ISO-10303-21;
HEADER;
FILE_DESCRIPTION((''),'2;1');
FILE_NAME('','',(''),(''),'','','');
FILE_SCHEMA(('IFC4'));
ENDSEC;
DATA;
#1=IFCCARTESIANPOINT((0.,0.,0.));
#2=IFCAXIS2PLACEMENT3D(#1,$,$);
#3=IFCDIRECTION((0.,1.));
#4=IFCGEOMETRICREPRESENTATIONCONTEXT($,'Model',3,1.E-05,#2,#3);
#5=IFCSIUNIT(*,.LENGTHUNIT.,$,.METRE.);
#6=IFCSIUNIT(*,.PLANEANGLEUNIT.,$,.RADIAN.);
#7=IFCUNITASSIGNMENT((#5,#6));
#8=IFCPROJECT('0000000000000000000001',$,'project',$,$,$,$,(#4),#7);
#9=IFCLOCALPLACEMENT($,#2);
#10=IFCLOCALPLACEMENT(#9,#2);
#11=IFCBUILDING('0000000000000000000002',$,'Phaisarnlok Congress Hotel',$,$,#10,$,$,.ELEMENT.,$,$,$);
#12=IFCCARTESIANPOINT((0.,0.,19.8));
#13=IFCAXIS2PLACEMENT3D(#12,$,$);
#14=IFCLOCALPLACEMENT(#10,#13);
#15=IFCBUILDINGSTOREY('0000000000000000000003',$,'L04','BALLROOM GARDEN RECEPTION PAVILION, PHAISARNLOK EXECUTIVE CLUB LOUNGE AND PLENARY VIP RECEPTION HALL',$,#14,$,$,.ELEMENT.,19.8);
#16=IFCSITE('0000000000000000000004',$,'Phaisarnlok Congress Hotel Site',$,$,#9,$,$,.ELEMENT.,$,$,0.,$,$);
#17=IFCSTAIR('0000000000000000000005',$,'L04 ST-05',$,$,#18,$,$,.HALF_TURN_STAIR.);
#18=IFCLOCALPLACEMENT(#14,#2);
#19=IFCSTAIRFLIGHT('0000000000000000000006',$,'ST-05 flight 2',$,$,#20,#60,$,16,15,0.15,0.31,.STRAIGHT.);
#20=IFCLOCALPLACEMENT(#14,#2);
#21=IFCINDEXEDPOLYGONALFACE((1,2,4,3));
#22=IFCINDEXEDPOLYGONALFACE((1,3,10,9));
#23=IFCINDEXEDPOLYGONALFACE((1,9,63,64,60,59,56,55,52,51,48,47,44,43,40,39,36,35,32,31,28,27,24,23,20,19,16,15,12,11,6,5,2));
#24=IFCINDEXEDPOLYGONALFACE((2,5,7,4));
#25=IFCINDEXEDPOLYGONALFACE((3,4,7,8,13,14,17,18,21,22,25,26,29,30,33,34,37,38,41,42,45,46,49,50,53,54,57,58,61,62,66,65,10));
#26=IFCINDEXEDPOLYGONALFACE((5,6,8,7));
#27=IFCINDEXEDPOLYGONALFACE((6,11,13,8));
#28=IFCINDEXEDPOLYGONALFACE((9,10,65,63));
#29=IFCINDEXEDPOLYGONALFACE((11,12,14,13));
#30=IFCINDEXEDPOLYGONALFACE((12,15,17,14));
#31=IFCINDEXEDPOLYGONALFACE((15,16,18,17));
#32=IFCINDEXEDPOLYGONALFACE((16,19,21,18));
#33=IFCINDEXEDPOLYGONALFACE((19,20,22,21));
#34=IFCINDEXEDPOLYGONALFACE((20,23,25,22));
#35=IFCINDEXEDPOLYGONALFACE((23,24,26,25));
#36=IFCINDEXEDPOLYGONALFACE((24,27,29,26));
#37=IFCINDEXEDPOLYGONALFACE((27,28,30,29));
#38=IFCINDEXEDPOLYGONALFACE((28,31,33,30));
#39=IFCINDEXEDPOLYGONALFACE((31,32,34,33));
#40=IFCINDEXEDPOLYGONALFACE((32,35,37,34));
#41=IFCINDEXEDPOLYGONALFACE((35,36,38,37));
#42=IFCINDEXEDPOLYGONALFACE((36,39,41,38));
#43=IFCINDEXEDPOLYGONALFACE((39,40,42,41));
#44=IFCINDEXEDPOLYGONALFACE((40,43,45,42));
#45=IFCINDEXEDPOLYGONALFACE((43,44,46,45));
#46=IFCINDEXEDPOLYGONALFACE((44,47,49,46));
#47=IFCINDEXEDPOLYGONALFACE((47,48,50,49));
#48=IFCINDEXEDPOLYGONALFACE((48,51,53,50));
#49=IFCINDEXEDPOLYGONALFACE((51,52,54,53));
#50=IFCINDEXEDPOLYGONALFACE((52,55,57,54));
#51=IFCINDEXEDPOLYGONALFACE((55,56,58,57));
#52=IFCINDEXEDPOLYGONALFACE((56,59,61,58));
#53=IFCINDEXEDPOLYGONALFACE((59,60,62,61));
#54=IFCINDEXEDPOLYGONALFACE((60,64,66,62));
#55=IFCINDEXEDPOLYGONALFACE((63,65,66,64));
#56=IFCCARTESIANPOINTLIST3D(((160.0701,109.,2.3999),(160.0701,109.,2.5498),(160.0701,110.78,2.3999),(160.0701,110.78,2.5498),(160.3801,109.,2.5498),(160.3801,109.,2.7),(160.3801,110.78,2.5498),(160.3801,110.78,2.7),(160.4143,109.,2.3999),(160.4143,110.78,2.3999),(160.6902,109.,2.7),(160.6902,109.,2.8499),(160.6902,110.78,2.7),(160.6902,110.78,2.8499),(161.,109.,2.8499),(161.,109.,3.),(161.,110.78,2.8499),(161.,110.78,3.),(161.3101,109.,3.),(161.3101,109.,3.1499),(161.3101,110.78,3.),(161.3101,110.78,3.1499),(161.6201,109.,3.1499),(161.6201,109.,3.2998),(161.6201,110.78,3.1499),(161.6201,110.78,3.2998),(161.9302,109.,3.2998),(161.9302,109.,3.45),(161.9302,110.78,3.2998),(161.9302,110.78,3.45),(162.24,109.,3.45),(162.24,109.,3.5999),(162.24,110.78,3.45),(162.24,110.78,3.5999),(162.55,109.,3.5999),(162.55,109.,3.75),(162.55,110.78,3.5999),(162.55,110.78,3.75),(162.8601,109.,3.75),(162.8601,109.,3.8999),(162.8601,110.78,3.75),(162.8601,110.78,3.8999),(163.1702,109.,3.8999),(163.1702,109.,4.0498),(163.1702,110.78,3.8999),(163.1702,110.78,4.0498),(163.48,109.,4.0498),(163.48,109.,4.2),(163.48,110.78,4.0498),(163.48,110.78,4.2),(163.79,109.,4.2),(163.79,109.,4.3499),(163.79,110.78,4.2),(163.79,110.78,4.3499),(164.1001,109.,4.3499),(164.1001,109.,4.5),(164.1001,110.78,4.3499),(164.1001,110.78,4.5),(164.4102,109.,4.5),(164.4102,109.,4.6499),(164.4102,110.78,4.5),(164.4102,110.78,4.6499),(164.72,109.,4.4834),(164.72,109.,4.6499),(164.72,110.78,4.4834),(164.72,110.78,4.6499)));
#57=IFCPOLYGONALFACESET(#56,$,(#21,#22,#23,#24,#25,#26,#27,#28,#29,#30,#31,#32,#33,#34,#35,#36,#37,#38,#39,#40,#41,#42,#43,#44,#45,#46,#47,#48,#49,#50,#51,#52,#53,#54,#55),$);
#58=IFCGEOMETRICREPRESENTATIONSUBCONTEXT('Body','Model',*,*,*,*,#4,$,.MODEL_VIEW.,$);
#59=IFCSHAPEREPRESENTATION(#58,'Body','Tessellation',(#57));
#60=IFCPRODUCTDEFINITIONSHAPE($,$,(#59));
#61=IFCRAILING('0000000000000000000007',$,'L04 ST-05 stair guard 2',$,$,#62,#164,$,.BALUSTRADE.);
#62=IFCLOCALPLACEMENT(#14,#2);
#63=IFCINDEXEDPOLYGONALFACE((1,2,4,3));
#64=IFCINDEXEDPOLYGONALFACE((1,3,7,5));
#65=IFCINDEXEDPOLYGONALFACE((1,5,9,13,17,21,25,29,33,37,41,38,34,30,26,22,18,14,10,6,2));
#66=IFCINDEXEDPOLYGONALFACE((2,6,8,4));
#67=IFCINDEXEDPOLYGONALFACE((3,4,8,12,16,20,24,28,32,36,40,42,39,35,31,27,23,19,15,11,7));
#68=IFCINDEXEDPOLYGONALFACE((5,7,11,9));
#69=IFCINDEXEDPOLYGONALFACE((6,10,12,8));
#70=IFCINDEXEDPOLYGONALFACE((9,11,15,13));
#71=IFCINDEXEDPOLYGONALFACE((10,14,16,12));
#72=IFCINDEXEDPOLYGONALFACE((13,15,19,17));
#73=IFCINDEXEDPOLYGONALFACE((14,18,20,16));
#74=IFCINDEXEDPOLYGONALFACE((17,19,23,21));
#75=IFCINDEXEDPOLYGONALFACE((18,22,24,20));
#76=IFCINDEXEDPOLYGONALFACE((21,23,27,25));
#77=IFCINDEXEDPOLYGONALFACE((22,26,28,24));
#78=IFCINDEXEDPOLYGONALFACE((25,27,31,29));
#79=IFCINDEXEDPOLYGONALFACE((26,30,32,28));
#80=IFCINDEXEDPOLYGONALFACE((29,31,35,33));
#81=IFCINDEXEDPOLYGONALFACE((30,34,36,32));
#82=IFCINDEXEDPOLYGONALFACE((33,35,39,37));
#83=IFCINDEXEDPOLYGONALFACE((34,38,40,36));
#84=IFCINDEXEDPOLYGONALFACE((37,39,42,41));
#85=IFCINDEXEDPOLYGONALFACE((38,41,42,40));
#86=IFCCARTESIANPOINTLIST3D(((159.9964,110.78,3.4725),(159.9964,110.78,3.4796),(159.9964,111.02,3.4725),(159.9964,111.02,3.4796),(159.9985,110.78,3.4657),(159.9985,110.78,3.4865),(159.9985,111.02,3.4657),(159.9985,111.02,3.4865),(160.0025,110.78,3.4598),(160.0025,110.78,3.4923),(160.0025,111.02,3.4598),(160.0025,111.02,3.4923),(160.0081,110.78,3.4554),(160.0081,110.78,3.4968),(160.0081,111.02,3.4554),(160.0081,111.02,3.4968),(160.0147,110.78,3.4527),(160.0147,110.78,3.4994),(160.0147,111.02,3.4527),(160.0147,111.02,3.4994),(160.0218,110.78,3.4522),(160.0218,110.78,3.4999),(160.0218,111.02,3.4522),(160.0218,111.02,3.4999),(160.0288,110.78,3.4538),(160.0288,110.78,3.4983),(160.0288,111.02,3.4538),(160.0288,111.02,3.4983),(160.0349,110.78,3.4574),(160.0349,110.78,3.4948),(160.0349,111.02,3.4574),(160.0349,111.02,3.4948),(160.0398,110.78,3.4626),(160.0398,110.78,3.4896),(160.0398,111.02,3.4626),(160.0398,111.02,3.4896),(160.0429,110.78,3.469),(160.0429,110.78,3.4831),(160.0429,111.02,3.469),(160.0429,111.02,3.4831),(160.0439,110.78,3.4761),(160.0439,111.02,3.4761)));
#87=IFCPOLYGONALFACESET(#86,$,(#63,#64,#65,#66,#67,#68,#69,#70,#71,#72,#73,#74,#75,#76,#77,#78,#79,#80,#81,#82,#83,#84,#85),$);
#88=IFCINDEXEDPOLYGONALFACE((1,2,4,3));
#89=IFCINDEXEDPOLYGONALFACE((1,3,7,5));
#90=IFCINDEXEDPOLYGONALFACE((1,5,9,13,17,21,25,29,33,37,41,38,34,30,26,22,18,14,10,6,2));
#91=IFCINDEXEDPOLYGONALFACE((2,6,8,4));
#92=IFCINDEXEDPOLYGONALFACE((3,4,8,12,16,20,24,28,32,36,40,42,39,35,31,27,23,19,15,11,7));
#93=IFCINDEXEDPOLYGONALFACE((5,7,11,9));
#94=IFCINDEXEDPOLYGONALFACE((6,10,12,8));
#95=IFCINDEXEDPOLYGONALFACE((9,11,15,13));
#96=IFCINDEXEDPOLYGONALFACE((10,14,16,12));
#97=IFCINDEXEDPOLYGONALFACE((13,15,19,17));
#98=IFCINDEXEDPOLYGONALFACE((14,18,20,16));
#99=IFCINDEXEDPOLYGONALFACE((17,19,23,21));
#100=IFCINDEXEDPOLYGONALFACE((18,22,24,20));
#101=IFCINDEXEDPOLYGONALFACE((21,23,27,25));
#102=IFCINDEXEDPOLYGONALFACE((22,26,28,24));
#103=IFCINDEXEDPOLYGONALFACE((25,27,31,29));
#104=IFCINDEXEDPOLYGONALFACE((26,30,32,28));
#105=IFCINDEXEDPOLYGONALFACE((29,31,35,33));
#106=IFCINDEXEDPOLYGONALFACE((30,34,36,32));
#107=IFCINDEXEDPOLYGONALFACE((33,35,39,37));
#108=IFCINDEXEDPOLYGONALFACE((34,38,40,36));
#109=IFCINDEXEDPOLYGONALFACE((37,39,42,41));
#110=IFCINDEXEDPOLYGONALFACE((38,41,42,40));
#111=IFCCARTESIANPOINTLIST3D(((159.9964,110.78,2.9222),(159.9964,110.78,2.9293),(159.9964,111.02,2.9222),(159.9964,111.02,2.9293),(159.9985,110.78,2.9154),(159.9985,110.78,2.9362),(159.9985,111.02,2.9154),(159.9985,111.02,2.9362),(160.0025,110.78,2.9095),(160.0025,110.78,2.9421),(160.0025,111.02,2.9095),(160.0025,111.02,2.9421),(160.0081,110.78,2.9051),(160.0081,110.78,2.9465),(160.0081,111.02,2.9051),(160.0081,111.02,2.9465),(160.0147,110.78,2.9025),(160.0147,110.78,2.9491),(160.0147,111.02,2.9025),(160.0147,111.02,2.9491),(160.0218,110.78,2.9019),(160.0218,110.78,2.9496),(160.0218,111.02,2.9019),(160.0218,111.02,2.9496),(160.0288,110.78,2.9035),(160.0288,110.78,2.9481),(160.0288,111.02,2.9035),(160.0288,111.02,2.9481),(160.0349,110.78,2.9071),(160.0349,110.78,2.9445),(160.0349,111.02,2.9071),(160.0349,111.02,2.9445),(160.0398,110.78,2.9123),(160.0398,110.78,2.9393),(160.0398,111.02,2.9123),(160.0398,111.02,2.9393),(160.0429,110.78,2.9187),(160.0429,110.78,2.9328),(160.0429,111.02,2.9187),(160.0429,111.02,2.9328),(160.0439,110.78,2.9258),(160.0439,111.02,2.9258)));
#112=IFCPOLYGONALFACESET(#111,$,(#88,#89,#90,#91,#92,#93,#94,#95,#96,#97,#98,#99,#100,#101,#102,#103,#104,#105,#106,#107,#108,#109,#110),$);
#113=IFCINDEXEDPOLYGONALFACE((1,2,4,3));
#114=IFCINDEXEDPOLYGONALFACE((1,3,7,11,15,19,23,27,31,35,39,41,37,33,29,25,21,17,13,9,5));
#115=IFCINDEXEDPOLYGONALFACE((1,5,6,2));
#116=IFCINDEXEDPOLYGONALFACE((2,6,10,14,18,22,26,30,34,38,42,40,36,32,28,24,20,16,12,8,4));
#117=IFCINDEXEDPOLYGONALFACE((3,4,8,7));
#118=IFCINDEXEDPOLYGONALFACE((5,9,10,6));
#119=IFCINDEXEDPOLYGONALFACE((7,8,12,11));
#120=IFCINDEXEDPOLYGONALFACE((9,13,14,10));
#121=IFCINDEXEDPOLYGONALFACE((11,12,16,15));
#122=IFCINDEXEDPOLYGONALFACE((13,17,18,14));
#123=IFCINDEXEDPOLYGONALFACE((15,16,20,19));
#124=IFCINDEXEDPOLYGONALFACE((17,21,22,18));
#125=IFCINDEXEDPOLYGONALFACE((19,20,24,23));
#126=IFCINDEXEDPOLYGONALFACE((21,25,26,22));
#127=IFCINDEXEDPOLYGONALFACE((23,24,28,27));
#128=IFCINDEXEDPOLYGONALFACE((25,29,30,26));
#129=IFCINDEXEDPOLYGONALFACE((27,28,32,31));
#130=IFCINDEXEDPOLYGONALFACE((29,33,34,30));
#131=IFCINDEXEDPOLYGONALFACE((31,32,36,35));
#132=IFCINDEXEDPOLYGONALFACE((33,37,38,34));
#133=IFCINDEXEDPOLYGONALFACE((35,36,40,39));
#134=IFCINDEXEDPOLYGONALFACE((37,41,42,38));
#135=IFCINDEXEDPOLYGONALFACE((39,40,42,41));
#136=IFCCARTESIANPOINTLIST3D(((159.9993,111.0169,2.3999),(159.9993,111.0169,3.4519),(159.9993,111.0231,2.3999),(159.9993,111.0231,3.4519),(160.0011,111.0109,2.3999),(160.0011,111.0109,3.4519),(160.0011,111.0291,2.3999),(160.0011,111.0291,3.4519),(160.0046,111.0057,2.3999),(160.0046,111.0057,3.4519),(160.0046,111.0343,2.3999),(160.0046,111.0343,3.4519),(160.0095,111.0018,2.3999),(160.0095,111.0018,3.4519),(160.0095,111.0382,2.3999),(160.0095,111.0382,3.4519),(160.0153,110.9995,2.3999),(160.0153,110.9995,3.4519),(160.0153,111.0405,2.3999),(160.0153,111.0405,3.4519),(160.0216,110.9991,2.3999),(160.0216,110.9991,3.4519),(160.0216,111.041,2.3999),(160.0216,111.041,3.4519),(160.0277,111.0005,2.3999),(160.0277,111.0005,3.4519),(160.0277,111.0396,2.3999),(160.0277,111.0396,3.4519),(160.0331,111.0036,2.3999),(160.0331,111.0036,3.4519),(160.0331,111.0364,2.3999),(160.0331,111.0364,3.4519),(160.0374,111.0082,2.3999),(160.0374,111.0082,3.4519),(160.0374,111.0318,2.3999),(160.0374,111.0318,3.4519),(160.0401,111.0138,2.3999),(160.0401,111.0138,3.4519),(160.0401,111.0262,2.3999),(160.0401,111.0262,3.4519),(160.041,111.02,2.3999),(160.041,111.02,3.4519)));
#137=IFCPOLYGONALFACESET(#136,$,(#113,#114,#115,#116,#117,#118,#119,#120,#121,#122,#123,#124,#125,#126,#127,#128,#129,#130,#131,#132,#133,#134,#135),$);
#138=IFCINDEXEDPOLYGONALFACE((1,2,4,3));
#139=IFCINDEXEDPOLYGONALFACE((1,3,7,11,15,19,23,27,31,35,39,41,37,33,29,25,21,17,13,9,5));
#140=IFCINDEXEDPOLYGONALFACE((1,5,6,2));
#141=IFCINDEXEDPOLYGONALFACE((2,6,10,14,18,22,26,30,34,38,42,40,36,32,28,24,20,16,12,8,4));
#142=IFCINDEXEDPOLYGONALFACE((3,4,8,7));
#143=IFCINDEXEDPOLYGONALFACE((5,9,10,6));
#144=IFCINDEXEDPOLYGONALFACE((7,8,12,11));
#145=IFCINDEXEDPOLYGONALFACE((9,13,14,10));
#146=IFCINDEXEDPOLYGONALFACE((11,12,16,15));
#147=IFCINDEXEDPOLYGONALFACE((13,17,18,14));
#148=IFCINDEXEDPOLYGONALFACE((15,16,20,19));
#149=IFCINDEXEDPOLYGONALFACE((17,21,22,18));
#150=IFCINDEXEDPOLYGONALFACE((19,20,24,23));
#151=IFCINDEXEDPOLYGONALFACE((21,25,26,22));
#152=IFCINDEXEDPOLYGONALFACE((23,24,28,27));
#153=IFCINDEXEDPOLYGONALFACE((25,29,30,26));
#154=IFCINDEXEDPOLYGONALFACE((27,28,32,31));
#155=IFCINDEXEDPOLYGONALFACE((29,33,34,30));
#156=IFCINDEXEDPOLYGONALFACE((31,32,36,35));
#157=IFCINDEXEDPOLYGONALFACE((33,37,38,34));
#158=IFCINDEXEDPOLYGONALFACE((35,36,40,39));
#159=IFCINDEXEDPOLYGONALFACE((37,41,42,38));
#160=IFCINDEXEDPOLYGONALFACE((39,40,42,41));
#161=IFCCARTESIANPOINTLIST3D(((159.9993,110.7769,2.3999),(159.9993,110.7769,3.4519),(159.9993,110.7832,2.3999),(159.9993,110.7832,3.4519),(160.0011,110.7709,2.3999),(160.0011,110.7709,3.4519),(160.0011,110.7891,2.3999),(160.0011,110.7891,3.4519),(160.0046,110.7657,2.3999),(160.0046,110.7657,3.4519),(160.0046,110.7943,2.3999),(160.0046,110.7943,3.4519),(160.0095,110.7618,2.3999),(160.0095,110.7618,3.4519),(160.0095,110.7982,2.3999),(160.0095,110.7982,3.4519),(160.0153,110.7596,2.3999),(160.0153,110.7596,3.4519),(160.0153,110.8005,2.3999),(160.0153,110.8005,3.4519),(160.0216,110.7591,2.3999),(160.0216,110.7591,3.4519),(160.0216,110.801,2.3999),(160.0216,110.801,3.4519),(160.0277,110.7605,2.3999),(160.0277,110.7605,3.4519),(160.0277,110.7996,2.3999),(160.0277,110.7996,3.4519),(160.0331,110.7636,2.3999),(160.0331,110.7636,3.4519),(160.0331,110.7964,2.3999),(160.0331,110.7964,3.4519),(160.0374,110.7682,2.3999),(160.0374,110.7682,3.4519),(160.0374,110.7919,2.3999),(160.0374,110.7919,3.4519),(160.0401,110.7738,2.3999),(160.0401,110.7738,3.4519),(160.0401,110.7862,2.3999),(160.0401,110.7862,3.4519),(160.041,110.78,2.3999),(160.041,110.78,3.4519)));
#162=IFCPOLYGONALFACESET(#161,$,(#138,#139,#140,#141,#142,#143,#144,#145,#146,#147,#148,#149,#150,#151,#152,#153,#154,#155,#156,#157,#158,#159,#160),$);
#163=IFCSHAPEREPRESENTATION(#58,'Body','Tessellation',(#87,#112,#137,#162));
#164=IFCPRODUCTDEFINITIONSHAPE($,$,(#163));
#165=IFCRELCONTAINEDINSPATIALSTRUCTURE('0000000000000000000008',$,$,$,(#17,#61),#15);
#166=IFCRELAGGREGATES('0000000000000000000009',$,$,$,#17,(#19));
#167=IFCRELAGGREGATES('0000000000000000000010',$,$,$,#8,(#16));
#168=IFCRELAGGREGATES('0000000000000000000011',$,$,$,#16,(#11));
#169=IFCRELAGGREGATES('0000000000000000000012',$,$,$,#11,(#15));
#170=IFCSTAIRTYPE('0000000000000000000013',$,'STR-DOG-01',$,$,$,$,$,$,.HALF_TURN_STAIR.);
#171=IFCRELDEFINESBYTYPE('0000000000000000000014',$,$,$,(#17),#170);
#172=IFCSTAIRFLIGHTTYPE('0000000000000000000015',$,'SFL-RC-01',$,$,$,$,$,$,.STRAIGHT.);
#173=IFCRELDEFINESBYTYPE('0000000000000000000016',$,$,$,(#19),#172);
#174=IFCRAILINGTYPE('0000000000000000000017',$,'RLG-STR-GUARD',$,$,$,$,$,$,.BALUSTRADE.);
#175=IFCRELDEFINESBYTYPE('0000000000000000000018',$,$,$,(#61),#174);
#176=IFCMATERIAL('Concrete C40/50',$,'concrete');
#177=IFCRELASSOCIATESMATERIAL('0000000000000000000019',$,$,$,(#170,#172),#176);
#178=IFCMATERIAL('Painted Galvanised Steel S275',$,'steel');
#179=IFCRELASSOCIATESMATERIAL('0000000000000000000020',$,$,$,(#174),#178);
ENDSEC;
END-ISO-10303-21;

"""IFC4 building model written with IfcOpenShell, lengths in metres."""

from ifc_helpers import new_model, si_unit, direction, frame, origin, origin_2d, place, context, subcontext, project, spatial, polyline, circle, outline, extrude, material, type_object, element, aggregate, save


model = new_model("IFC4")

# Units and contexts
model_context = context("Model", 3, precision=1e-05, world=origin(), true_north=direction((0.0, 1.0)))
body_context = subcontext(model_context, "Body", "Model", "MODEL_VIEW")
ifc_project = project(units=[si_unit("LENGTHUNIT", "METRE"), si_unit("PLANEANGLEUNIT", "RADIAN")], contexts=[model_context])

# Site, building, storey
site_placement = place(None, origin())
site = spatial("IfcSite", under=ifc_project, at=site_placement, Name="Phaisarnlok Congress Hotel Site", CompositionType="ELEMENT", RefElevation=0.0)
building_placement = place(site_placement, origin())
building = spatial("IfcBuilding", under=site, at=building_placement, Name="Phaisarnlok Congress Hotel", CompositionType="ELEMENT")
storey_placement = place(building_placement, frame((0.0, 0.0, 19.8)))
storey = spatial("IfcBuildingStorey", under=building, at=storey_placement, Name="L04", Description="BALLROOM GARDEN RECEPTION PAVILION, PHAISARNLOK EXECUTIVE CLUB LOUNGE AND PLENARY VIP RECEPTION HALL", CompositionType="ELEMENT", Elevation=19.8)

# Shared definitions
ifc_material_1 = material(Name="Concrete C40/50", Category="concrete")

# Stair, stair flight
stair_type = type_object("IfcStairType", Name="STR-DOG-01", PredefinedType="HALF_TURN_STAIR", material=ifc_material_1)
stair_placement = place(storey_placement, origin())
stair = element("IfcStair", 1, at=stair_placement, inside=storey, type_object=stair_type, Name="L04 ST-05", PredefinedType="HALF_TURN_STAIR")
stair_flight_type = type_object("IfcStairFlightType", Name="SFL-RC-01", PredefinedType="STRAIGHT", material=ifc_material_1)
stair_flight_placement = place(storey_placement, frame((160.0701, 109.8899, 2.3999), z_axis=(0.0, 0.0, 1.0), x_axis=(1.0, 0.0, 0.0)))
stair_flight = element("IfcStairFlight", 2, at=stair_flight_placement, type_object=stair_flight_type, Name="ST-05 flight 2", NumberOfRisers=16, NumberOfTreads=15, PredefinedType="STRAIGHT", RiserHeight=0.15, TreadLength=0.31, context=body_context, shape_type="SweptSolid", body=[
    extrude(outline(polyline([(0.0, 0.0), (0.0, 0.1499), (0.3101, 0.1499), (0.3101, 0.3), (0.6201, 0.3), (0.6201, 0.45), (0.9299, 0.45), (0.9299, 0.6001), (1.24, 0.6001), (1.24, 0.75), (1.55, 0.75), (1.55, 0.8999), (1.8601, 0.8999), (1.8601, 1.05), (2.1699, 1.05), (2.1699, 1.2), (2.48, 1.2), (2.48, 1.3501), (2.79, 1.3501), (2.79, 1.5), (3.1001, 1.5), (3.1001, 1.6499), (3.4099, 1.6499), (3.4099, 1.8), (3.72, 1.8), (3.72, 1.95), (4.03, 1.95), (4.03, 2.1001), (4.3401, 2.1001), (4.3401, 2.25), (4.6499, 2.25), (4.6499, 2.3999), (4.6499, 2.0835), (0.3442, 0.0), (0.0, 0.0)])), frame((0.0, 0.8901, 0.0), z_axis=(0.0, -1.0, 0.0), x_axis=(1.0, 0.0, 0.0)), (0.0, 0.0, 1.0), 1.78),
])
aggregate(stair, [stair_flight])

# Railing
ifc_material_2 = material(Name="Painted Galvanised Steel S275", Category="steel")
railing_type_1 = type_object("IfcRailingType", Name="RLG-STR-GUARD", PredefinedType="BALUSTRADE", material=ifc_material_2)
railing_1_placement = place(storey_placement, frame((160.02, 111.02, 2.3999)))
element("IfcRailing", 3, at=railing_1_placement, inside=storey, type_object=railing_type_1, Name="L04 ST-05 stair guard 2", PredefinedType="BALUSTRADE", context=body_context, shape_type="SweptSolid", body=[
    extrude(circle(Radius=0.0239, at=origin_2d()), frame((0.0, 0.0, 1.0762), z_axis=(0.0, -1.0, 0.0), x_axis=(1.0, 0.0, 0.0)), (0.0, 0.0, 1.0), 0.24),
    extrude(circle(Radius=0.0239, at=origin_2d()), frame((0.0, 0.0, 0.5259), z_axis=(0.0, -1.0, 0.0), x_axis=(1.0, 0.0, 0.0)), (0.0, 0.0, 1.0), 0.24),
    extrude(circle(Radius=0.021, at=origin_2d()), origin(), (0.0, 0.0, 1.0), 1.052),
    extrude(circle(Radius=0.021, at=origin_2d()), frame((0.0, -0.24, 0.0)), (0.0, 0.0, 1.0), 1.052),
])

save(model, "model.ifc")
